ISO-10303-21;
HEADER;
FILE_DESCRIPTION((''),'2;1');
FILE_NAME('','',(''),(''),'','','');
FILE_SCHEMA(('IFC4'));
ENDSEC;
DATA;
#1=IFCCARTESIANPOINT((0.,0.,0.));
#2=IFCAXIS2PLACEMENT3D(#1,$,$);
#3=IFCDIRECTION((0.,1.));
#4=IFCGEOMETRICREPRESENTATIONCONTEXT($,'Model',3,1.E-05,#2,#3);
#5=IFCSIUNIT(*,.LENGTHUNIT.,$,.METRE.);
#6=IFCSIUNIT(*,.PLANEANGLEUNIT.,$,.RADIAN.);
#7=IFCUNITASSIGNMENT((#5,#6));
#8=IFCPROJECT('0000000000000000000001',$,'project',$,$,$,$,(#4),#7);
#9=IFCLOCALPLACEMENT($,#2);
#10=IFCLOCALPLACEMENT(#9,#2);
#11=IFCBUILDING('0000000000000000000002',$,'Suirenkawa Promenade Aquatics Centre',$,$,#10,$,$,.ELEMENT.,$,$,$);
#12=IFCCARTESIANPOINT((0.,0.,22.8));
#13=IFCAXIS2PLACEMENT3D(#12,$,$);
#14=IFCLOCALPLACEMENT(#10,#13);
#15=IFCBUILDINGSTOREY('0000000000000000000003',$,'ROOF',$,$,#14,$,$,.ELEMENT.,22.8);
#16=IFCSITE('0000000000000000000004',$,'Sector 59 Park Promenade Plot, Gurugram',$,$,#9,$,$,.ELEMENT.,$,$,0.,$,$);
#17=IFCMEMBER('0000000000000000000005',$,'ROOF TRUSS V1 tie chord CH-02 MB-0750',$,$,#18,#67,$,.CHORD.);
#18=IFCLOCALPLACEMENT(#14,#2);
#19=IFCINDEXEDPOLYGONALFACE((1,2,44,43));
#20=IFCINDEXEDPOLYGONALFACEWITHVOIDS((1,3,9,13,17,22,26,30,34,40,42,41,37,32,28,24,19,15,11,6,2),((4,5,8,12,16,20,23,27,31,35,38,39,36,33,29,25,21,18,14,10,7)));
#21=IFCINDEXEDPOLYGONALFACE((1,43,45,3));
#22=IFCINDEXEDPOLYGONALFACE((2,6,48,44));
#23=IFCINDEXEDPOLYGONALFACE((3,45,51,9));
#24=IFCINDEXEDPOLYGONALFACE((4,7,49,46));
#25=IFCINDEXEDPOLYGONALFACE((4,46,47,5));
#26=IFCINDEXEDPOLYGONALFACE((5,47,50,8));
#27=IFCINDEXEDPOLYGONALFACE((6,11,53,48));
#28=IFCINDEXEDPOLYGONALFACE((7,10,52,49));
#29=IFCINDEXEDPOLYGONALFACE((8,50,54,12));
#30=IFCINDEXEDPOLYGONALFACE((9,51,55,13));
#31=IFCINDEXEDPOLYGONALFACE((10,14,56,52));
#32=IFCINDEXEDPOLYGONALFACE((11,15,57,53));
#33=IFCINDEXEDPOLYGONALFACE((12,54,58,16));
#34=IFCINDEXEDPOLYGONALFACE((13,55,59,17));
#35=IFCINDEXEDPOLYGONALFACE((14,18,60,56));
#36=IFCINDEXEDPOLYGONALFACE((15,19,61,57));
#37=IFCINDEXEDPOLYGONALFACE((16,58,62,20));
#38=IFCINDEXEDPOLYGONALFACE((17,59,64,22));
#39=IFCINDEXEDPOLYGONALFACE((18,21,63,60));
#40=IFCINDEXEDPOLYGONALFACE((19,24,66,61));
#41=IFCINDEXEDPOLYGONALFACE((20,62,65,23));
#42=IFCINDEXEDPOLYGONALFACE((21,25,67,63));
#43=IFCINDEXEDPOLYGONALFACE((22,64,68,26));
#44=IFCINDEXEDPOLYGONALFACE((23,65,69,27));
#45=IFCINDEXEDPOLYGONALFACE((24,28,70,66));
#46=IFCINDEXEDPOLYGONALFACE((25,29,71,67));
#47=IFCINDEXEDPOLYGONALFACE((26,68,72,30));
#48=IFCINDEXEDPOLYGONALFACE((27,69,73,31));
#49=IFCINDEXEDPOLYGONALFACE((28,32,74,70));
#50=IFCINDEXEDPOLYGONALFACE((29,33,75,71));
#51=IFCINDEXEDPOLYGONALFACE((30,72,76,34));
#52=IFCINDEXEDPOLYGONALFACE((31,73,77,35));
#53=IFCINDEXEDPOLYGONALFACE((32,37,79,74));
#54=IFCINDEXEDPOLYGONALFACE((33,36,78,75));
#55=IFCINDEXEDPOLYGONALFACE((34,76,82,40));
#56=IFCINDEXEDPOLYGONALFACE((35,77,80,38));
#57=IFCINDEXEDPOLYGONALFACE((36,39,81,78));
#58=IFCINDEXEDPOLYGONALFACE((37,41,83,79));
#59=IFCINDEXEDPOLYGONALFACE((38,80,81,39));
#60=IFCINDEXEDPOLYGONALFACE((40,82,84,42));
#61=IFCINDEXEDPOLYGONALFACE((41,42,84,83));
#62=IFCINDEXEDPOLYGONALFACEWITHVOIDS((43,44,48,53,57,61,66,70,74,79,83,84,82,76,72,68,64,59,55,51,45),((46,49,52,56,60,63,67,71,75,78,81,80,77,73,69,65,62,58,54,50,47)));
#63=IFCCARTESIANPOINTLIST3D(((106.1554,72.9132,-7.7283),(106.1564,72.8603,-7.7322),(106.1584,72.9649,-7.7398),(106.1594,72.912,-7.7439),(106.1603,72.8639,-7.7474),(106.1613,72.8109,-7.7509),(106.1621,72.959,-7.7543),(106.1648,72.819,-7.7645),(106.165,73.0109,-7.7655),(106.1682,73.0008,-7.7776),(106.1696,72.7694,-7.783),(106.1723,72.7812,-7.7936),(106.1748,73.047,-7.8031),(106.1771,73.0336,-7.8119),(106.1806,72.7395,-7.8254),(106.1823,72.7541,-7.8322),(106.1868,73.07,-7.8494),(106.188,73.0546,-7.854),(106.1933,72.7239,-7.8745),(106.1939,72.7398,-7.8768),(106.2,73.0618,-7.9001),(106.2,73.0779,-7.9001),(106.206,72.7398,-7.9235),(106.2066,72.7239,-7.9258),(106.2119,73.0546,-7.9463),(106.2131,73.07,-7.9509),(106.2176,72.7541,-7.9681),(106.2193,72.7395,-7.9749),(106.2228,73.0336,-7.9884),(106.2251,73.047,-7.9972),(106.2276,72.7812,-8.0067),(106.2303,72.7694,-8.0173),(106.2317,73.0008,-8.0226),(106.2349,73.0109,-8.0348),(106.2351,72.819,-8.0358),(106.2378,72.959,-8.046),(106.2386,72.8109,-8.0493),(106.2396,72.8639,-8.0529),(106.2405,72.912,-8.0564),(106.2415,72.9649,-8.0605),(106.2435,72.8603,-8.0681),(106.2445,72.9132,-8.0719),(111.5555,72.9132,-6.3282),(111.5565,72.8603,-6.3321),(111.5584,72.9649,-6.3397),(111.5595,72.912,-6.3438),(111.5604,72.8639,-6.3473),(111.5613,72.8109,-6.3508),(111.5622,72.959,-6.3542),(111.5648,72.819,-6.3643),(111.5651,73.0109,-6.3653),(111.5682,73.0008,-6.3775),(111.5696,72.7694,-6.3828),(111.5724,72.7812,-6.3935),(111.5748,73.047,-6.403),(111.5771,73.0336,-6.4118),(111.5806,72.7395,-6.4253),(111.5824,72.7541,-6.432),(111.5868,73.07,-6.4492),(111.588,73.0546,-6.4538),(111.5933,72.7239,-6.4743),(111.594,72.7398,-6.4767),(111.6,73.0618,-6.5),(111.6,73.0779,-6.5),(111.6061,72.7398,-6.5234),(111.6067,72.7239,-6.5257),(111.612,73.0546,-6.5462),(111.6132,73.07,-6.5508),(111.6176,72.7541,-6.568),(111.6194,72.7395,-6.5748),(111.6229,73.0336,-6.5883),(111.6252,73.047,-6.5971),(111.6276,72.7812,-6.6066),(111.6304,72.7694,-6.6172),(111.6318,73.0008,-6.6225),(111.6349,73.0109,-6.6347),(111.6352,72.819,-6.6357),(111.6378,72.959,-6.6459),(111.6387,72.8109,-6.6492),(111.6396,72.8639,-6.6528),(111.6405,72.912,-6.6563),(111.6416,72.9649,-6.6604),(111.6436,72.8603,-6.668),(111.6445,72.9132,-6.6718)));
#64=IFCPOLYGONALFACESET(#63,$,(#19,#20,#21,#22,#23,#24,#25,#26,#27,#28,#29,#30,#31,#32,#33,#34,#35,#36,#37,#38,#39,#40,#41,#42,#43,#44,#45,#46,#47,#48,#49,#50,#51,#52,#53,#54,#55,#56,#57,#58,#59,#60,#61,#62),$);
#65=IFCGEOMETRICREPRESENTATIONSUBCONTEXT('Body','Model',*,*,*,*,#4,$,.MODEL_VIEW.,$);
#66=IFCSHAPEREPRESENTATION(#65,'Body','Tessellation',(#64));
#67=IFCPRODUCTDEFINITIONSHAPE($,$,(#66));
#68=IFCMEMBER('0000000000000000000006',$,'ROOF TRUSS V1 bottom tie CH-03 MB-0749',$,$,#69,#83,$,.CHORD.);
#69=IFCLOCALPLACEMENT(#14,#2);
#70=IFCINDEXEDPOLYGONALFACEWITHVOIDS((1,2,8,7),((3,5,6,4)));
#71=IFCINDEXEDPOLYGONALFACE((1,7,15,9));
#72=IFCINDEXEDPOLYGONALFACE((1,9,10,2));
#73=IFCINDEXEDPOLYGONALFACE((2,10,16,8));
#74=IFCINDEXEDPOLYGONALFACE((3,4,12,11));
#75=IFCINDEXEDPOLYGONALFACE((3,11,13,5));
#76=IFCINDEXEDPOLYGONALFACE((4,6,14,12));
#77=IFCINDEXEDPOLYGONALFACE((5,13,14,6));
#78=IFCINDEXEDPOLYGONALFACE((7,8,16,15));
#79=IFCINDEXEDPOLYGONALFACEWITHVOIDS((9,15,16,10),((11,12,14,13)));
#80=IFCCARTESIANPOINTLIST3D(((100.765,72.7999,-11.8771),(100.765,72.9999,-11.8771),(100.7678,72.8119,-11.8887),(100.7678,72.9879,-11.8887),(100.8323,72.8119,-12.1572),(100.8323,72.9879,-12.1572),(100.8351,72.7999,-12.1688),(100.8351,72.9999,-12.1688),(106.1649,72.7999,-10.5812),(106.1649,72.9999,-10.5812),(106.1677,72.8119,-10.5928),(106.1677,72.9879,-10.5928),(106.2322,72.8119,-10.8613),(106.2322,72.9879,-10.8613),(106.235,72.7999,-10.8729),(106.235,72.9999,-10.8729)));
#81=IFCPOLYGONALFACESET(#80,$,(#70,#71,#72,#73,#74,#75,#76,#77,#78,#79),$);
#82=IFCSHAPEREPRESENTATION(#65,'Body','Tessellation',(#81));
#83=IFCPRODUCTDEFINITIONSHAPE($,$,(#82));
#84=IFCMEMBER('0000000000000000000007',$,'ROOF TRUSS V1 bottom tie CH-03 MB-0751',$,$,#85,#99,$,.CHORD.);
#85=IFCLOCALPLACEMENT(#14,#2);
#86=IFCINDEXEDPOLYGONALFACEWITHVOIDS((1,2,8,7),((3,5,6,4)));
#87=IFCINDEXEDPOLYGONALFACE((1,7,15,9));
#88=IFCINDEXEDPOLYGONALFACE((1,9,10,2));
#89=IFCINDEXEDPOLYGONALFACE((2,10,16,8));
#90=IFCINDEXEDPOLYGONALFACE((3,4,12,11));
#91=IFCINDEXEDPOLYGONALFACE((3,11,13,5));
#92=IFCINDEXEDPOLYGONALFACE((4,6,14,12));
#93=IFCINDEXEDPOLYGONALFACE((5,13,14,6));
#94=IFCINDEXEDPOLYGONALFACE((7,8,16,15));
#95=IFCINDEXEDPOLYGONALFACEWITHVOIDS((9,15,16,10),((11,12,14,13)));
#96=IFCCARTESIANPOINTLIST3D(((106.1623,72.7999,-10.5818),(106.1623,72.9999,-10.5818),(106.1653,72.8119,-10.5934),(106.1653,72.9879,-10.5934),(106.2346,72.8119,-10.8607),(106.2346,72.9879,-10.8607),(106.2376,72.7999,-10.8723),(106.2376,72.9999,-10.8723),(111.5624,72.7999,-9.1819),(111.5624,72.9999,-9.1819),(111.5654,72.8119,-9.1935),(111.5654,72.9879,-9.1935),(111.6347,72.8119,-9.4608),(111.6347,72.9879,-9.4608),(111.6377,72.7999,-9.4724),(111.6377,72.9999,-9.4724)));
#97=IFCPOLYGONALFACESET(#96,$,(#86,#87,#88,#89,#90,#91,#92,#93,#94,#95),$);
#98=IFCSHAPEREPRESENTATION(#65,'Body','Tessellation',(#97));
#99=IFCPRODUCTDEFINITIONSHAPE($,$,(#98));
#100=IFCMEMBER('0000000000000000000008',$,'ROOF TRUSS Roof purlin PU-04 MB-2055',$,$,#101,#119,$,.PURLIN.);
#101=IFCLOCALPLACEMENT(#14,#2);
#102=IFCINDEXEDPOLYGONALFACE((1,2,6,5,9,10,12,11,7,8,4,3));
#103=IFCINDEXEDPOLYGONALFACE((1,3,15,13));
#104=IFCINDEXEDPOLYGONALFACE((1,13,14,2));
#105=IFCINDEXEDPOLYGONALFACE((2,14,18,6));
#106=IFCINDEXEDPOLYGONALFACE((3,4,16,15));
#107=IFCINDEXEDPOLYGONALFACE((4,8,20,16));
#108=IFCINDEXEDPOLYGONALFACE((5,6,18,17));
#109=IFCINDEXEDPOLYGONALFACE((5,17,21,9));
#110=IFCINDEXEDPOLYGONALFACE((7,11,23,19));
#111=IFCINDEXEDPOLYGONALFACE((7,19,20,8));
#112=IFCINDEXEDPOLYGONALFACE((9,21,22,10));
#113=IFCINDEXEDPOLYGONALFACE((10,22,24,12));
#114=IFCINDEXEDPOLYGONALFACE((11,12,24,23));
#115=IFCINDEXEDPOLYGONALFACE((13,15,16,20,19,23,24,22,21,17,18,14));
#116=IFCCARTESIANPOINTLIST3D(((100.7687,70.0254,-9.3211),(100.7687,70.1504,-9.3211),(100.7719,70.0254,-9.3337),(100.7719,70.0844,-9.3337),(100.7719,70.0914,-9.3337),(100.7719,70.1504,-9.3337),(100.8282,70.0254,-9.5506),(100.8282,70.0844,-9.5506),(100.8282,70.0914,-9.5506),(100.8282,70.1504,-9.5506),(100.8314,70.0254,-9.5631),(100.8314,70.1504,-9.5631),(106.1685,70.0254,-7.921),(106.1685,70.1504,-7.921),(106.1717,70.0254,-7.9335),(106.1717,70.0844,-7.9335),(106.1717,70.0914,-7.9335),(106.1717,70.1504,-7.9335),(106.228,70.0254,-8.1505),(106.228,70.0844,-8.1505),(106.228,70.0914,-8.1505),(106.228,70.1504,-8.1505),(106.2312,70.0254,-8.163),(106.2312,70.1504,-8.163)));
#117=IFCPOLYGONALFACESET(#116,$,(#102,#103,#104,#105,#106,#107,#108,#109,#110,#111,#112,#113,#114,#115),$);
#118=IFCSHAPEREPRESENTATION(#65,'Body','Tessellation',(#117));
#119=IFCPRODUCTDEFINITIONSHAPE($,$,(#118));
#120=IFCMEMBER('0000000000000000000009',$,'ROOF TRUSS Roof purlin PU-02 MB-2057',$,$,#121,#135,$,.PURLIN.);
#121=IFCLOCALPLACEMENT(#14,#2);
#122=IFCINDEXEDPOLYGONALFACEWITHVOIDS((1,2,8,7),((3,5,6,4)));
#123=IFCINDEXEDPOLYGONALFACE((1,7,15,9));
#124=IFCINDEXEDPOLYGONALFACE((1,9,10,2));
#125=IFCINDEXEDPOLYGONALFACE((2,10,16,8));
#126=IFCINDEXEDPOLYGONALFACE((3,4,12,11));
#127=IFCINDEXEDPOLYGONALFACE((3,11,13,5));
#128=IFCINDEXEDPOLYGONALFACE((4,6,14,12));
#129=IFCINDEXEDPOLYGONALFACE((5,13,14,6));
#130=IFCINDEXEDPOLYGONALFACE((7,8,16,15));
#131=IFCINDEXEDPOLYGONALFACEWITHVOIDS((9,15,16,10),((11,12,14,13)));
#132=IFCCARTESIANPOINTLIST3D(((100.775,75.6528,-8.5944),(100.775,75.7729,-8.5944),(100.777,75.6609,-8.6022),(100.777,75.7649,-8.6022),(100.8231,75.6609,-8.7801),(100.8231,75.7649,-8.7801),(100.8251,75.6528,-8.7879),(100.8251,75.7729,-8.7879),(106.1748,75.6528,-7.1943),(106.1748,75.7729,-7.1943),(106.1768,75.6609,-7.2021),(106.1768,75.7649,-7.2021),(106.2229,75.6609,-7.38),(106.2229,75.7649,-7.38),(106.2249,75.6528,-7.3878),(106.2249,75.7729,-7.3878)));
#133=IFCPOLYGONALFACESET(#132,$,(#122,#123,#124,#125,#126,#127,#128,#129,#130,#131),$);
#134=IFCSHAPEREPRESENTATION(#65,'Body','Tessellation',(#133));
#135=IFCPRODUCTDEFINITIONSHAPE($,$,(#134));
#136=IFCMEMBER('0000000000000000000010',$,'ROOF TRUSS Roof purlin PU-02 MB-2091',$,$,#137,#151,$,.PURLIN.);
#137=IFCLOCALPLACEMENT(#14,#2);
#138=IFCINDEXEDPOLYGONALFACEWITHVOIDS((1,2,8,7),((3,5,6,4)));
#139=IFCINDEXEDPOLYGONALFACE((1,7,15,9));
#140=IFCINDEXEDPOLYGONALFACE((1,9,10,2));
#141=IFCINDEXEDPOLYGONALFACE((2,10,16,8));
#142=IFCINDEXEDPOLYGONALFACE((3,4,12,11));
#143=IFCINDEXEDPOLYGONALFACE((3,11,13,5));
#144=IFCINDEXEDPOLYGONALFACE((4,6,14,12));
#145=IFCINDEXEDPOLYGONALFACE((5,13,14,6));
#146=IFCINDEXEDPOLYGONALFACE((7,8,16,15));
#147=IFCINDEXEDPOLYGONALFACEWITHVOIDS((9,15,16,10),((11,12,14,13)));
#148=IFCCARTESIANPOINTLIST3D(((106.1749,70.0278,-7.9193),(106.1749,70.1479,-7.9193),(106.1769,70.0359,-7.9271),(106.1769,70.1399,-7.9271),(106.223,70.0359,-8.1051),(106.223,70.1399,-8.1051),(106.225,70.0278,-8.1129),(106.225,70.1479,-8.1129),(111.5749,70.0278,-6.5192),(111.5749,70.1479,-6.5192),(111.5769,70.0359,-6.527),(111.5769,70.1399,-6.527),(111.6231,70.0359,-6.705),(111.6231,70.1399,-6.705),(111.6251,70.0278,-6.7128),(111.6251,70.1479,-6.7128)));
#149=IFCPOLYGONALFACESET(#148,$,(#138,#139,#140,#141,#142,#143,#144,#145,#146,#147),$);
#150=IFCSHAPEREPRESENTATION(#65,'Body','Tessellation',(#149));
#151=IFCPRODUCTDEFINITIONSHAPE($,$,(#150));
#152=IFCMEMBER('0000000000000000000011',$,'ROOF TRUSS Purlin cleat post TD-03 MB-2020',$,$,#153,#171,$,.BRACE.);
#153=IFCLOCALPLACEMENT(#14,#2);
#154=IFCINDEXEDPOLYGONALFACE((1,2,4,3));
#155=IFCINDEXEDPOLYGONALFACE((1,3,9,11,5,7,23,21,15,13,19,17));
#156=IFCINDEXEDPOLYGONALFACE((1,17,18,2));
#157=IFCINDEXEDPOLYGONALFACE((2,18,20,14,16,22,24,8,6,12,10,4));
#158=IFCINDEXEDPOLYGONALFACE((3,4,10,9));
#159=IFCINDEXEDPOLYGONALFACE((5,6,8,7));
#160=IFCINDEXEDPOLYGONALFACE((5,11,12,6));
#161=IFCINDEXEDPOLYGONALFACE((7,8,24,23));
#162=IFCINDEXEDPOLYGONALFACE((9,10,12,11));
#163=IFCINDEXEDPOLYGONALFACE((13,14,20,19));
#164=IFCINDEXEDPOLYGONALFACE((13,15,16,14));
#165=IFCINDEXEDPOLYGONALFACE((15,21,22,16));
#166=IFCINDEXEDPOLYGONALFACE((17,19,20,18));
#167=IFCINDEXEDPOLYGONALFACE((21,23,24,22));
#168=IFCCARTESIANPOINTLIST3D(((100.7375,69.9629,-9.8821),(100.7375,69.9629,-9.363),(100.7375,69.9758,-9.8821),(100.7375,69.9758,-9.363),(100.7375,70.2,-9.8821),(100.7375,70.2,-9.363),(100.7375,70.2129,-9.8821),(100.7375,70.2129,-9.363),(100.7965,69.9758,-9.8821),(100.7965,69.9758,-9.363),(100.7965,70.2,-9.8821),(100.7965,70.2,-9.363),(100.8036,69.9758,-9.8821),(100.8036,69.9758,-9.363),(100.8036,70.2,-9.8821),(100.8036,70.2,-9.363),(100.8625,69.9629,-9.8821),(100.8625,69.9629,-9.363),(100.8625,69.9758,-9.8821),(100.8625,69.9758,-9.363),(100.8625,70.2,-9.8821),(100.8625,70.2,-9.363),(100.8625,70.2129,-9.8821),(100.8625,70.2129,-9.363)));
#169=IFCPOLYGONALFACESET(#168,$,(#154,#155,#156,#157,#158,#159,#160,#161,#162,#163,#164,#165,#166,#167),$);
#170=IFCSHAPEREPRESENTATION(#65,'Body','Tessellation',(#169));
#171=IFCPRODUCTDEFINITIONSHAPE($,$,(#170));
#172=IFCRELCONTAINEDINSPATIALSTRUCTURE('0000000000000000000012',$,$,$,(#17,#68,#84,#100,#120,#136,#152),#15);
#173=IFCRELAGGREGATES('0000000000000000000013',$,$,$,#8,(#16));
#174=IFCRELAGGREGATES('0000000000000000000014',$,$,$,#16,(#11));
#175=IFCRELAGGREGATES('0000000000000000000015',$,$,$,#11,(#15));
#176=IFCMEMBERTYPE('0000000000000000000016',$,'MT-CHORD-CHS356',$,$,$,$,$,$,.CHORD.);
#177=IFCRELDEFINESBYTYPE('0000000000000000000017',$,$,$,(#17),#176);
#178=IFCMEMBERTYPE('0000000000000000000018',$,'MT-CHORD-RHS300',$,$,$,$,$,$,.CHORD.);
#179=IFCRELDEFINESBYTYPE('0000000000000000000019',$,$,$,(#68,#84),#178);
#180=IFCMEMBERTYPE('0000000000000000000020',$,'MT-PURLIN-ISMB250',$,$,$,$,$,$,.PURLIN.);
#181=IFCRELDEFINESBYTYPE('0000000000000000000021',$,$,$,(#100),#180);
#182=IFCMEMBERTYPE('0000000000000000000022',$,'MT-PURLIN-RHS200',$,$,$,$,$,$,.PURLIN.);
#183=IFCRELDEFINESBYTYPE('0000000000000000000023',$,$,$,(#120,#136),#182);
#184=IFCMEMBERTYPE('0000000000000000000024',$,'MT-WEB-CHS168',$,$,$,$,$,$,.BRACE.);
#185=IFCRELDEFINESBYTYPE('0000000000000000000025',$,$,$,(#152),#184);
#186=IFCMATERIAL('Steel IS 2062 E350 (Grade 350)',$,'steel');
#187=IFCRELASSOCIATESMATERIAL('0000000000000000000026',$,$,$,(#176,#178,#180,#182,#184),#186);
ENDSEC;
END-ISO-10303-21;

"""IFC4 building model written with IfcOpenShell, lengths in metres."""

from ifc_helpers import new_model, si_unit, direction, frame, origin, origin_2d, place, context, subcontext, project, spatial, hollow_rectangle, hollow_circle, i_section, extrude, material, material_profile, profile_set, type_object, element, save


model = new_model("IFC4")

# Units and contexts
model_context = context("Model", 3, precision=1e-05, world=origin(), true_north=direction((0.0, 1.0)))
body_context = subcontext(model_context, "Body", "Model", "MODEL_VIEW")
ifc_project = project(units=[si_unit("LENGTHUNIT", "METRE"), si_unit("PLANEANGLEUNIT", "RADIAN")], contexts=[model_context])

# Site, building, storey
site_placement = place(None, origin())
site = spatial("IfcSite", under=ifc_project, at=site_placement, Name="Sector 59 Park Promenade Plot, Gurugram", CompositionType="ELEMENT", RefElevation=0.0)
building_placement = place(site_placement, origin())
building = spatial("IfcBuilding", under=site, at=building_placement, Name="Suirenkawa Promenade Aquatics Centre", CompositionType="ELEMENT")
storey_placement = place(building_placement, frame((0.0, 0.0, 22.8)))
storey = spatial("IfcBuildingStorey", under=building, at=storey_placement, Name="ROOF", CompositionType="ELEMENT", Elevation=22.8)

# Shared definitions
ifc_material = material(Name="Steel IS 2062 E350 (Grade 350)", Category="steel")

# Members
ifc_material_profile_1 = material_profile(ifc_material, hollow_circle(Radius=0.178, WallThickness=0.0161, at=origin_2d()), Name="CHS 356x16", Category="steel")
ifc_profile_set_1 = profile_set([ifc_material_profile_1], Name="Steel IS 2062 E350 (Grade 350)")
member_type_1 = type_object("IfcMemberType", Name="MT-CHORD-CHS356", PredefinedType="CHORD", material=ifc_profile_set_1)
member_1_placement = place(storey_placement, frame((106.2, 72.8999, -7.9001), z_axis=(0.967992, 0.0, 0.25098), x_axis=(0.0, 1.0, 0.0)))
element("IfcMember", 1, at=member_1_placement, inside=storey, type_object=member_type_1, Name="ROOF TRUSS V1 tie chord CH-02 MB-0750", PredefinedType="CHORD", context=body_context, shape_type="SweptSolid", body=[
    extrude(hollow_circle(Radius=0.178, WallThickness=0.0161, at=origin_2d()), origin(), (0.0, 0.0, 1.0), 5.5786),
])
ifc_material_profile_2 = material_profile(ifc_material, hollow_rectangle(XDim=0.2, YDim=0.3, WallThickness=0.012, at=origin_2d()), Name="RHS 300x200x12", Category="steel")
ifc_profile_set_2 = profile_set([ifc_material_profile_2], Name="Steel IS 2062 E350 (Grade 350)")
member_type_2 = type_object("IfcMemberType", Name="MT-CHORD-RHS300", PredefinedType="CHORD", material=ifc_profile_set_2)
member_2_placement = place(storey_placement, frame((100.8, 72.8999, -12.0229), z_axis=(0.97239, 0.0, 0.23336), x_axis=(0.0, 1.0, 0.0)))
element("IfcMember", 2, at=member_2_placement, inside=storey, type_object=member_type_2, Name="ROOF TRUSS V1 bottom tie CH-03 MB-0749", PredefinedType="CHORD", context=body_context, shape_type="SweptSolid", body=[
    extrude(hollow_rectangle(XDim=0.2, YDim=0.3, WallThickness=0.012, at=origin_2d()), origin(), (0.0, 0.0, 1.0), 5.5532),
])
member_3_placement = place(storey_placement, frame((106.2, 72.8999, -10.7271), z_axis=(0.968003, 0.0, 0.250939), x_axis=(0.0, 1.0, 0.0)))
element("IfcMember", 3, at=member_3_placement, inside=storey, type_object=member_type_2, Name="ROOF TRUSS V1 bottom tie CH-03 MB-0751", PredefinedType="CHORD", context=body_context, shape_type="SweptSolid", body=[
    extrude(hollow_rectangle(XDim=0.2, YDim=0.3, WallThickness=0.012, at=origin_2d()), origin(), (0.0, 0.0, 1.0), 5.5786),
])
ifc_material_profile_3 = material_profile(ifc_material, i_section(OverallWidth=0.125, OverallDepth=0.25, WebThickness=0.0071, FlangeThickness=0.0129, at=origin_2d()), Name="ISMB 250", Category="steel")
ifc_profile_set_3 = profile_set([ifc_material_profile_3], Name="Steel IS 2062 E350 (Grade 350)")
member_type_3 = type_object("IfcMemberType", Name="MT-PURLIN-ISMB250", PredefinedType="PURLIN", material=ifc_profile_set_3)
member_4_placement = place(storey_placement, frame((100.8, 70.0879, -9.4421), z_axis=(0.967989, 0.0, 0.250991), x_axis=(0.0, 1.0, 0.0)))
element("IfcMember", 4, at=member_4_placement, inside=storey, type_object=member_type_3, Name="ROOF TRUSS Roof purlin PU-04 MB-2055", PredefinedType="PURLIN", context=body_context, shape_type="SweptSolid", body=[
    extrude(i_section(OverallWidth=0.125, OverallDepth=0.25, WebThickness=0.0071, FlangeThickness=0.0129, at=origin_2d()), origin(), (0.0, 0.0, 1.0), 5.5784),
])
ifc_material_profile_4 = material_profile(ifc_material, hollow_rectangle(XDim=0.1201, YDim=0.2, WallThickness=0.0081, at=origin_2d()), Name="RHS 200x120x8", Category="steel")
ifc_profile_set_4 = profile_set([ifc_material_profile_4], Name="Steel IS 2062 E350 (Grade 350)")
member_type_4 = type_object("IfcMemberType", Name="MT-PURLIN-RHS200", PredefinedType="PURLIN", material=ifc_profile_set_4)
member_5_placement = place(storey_placement, frame((100.8, 75.7129, -8.6912), z_axis=(0.967989, 0.0, 0.250991), x_axis=(0.0, 1.0, 0.0)))
element("IfcMember", 5, at=member_5_placement, inside=storey, type_object=member_type_4, Name="ROOF TRUSS Roof purlin PU-02 MB-2057", PredefinedType="PURLIN", context=body_context, shape_type="SweptSolid", body=[
    extrude(hollow_rectangle(XDim=0.1201, YDim=0.2, WallThickness=0.0081, at=origin_2d()), origin(), (0.0, 0.0, 1.0), 5.5784),
])
member_6_placement = place(storey_placement, frame((106.2, 70.0879, -8.0161), z_axis=(0.967992, 0.0, 0.25098), x_axis=(0.0, 1.0, 0.0)))
element("IfcMember", 6, at=member_6_placement, inside=storey, type_object=member_type_4, Name="ROOF TRUSS Roof purlin PU-02 MB-2091", PredefinedType="PURLIN", context=body_context, shape_type="SweptSolid", body=[
    extrude(hollow_rectangle(XDim=0.1201, YDim=0.2, WallThickness=0.0081, at=origin_2d()), origin(), (0.0, 0.0, 1.0), 5.5786),
])
ifc_material_profile_5 = material_profile(ifc_material, i_section(OverallWidth=0.125, OverallDepth=0.25, WebThickness=0.0071, FlangeThickness=0.0129, at=origin_2d()), Name="ISMB 250", Category="steel")
ifc_profile_set_5 = profile_set([ifc_material_profile_5], Name="Steel IS 2062 E350 (Grade 350)")
member_type_5 = type_object("IfcMemberType", Name="MT-WEB-CHS168", PredefinedType="BRACE", material=ifc_profile_set_5)
member_7_placement = place(storey_placement, frame((100.8, 70.0879, -9.8821), z_axis=(0.0, 0.0, 1.0), x_axis=(1.0, 0.0, 0.0)))
element("IfcMember", 7, at=member_7_placement, inside=storey, type_object=member_type_5, Name="ROOF TRUSS Purlin cleat post TD-03 MB-2020", PredefinedType="BRACE", context=body_context, shape_type="SweptSolid", body=[
    extrude(i_section(OverallWidth=0.125, OverallDepth=0.25, WebThickness=0.0071, FlangeThickness=0.0129, at=origin_2d()), origin(), (0.0, 0.0, 1.0), 0.519),
])

save(model, "model.ifc")
